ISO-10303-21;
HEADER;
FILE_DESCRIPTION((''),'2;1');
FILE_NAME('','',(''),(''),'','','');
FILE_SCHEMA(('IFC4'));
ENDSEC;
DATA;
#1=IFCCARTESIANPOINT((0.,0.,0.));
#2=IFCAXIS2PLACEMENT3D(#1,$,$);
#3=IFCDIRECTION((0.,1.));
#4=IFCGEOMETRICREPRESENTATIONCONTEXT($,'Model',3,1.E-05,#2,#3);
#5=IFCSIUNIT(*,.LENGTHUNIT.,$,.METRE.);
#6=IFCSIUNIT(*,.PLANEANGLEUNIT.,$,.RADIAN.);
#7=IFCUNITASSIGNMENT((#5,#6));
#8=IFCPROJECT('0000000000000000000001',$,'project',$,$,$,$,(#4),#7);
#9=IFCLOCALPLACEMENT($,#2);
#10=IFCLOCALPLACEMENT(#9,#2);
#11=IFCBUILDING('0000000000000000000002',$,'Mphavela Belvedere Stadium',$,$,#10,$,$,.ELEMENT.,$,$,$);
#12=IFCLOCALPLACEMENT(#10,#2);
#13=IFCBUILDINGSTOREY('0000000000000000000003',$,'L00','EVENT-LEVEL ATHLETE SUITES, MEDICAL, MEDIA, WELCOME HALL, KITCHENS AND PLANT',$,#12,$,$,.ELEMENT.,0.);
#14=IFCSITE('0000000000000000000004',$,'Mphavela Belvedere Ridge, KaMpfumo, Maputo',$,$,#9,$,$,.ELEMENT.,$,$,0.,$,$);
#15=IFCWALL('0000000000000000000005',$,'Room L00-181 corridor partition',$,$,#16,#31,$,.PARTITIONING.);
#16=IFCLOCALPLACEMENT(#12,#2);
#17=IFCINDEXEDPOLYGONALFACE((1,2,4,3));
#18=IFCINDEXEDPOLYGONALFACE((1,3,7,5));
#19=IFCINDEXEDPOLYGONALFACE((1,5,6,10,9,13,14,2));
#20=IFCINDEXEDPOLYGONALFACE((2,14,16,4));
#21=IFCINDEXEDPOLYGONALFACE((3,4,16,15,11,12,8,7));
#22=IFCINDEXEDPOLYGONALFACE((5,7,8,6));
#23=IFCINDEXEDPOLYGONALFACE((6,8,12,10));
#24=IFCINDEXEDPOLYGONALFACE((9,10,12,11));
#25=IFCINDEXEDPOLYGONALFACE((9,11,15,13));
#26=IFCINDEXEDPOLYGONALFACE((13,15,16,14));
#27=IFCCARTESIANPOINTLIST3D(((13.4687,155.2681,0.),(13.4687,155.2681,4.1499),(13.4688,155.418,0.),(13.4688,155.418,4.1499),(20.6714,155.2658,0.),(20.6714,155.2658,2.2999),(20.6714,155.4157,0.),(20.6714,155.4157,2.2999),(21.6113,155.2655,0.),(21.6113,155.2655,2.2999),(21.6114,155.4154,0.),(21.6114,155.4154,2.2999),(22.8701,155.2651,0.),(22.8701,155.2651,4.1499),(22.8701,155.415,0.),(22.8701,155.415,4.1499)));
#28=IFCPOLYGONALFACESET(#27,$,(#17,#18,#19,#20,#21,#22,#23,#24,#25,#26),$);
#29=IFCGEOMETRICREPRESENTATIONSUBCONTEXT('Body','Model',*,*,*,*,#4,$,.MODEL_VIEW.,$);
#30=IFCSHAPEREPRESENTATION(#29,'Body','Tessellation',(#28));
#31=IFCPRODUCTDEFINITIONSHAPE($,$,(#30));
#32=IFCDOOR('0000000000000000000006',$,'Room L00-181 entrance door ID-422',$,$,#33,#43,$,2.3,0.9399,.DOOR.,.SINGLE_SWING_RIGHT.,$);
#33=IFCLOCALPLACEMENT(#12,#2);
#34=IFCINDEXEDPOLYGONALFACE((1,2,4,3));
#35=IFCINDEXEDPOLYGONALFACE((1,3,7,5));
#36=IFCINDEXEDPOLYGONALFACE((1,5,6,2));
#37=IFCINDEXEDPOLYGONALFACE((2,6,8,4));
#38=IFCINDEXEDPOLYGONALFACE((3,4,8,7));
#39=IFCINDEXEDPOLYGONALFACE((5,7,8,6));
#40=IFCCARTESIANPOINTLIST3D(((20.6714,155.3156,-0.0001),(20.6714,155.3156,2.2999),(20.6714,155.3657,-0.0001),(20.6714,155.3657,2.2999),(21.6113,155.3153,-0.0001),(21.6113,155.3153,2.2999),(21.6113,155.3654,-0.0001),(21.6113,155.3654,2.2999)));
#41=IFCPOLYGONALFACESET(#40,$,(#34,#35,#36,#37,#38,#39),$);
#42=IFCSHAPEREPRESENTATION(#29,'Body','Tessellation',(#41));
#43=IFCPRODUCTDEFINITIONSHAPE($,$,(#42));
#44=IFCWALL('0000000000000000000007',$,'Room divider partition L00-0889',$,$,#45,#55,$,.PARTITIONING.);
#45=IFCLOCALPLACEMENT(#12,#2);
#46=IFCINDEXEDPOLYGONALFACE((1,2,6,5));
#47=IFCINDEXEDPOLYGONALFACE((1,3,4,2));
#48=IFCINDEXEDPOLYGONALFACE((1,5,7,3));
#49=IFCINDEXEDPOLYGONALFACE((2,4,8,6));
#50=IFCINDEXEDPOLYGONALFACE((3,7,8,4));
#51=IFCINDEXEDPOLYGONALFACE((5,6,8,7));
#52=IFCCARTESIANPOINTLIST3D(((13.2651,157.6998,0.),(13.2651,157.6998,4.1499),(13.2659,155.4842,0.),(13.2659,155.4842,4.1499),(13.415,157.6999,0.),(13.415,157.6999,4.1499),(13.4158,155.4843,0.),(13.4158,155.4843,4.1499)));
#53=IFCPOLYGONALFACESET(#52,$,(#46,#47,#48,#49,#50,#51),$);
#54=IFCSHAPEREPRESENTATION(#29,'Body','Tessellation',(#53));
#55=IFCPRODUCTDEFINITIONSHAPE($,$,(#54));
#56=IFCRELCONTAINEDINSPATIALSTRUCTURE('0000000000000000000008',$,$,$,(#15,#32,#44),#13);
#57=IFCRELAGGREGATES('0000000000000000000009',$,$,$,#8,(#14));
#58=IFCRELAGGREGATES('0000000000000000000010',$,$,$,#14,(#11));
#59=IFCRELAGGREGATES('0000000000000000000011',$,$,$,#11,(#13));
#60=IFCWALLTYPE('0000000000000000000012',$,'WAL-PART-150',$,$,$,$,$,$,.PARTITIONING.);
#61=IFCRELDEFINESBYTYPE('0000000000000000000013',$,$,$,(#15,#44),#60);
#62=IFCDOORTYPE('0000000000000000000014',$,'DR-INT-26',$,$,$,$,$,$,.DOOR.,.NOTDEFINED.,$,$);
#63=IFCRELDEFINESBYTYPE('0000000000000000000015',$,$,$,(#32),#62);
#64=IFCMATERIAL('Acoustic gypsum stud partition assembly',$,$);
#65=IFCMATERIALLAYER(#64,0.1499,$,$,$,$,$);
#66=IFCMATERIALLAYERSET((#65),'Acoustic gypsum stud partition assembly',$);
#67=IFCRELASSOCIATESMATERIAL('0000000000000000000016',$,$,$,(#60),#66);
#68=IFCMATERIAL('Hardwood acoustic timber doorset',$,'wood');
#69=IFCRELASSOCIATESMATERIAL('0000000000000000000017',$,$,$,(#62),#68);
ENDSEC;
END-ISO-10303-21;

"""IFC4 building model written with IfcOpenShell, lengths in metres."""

from ifc_helpers import new_model, si_unit, direction, frame, frame_2d, origin, place, context, subcontext, project, spatial, rectangle, extrude, material, layer, layer_set, type_object, element, fill, save


model = new_model("IFC4")

# Units and contexts
model_context = context("Model", 3, precision=1e-05, world=origin(), true_north=direction((0.0, 1.0)))
body_context = subcontext(model_context, "Body", "Model", "MODEL_VIEW")
ifc_project = project(units=[si_unit("LENGTHUNIT", "METRE"), si_unit("PLANEANGLEUNIT", "RADIAN")], contexts=[model_context])

# Site, building, storey
site_placement = place(None, origin())
site = spatial("IfcSite", under=ifc_project, at=site_placement, Name="Mphavela Belvedere Ridge, KaMpfumo, Maputo", CompositionType="ELEMENT", RefElevation=0.0)
building_placement = place(site_placement, origin())
building = spatial("IfcBuilding", under=site, at=building_placement, Name="Mphavela Belvedere Stadium", CompositionType="ELEMENT")
storey_placement = place(building_placement, origin())
storey = spatial("IfcBuildingStorey", under=building, at=storey_placement, Name="L00", Description="EVENT-LEVEL ATHLETE SUITES, MEDICAL, MEDIA, WELCOME HALL, KITCHENS AND PLANT", CompositionType="ELEMENT", Elevation=0.0)

# Wall, opening, door
ifc_material_1 = material(Name="Acoustic gypsum stud partition assembly")
ifc_layer = layer(ifc_material_1, 0.1499)
ifc_layer_set = layer_set([ifc_layer], Name="Acoustic gypsum stud partition assembly")
wall_type = type_object("IfcWallType", Name="WAL-PART-150", PredefinedType="PARTITIONING", material=ifc_layer_set)
wall_1_placement = place(storey_placement, frame((13.4688, 155.343, 0.0), z_axis=(0.0, 0.0, 1.0), x_axis=(1.0, -0.000312, 0.0)))
wall_1 = element("IfcWall", 1, at=wall_1_placement, inside=storey, type_object=wall_type, Name="Room L00-181 corridor partition", PredefinedType="PARTITIONING", context=body_context, shape_type="SweptSolid", body=[
    extrude(rectangle(XDim=9.4014, YDim=0.1499, at=frame_2d((4.7007, 0.0))), origin(), (0.0, 0.0, 1.0), 4.1499),
])
opening_placement = place(wall_1_placement, frame((7.2026, 0.0, 0.0)))
opening = element("IfcOpeningElement", 2, at=opening_placement, cuts=wall_1, PredefinedType="OPENING", context=body_context, shape_type="SweptSolid", body=[
    extrude(rectangle(XDim=0.9399, YDim=2.3, at=frame_2d((0.47, 1.1499))), frame((0.0, 0.085, 0.0), z_axis=(0.0, -1.0, 0.0), x_axis=(1.0, 0.0, 0.0)), (0.0, 0.0, 1.0), 0.1699),
])
ifc_material_2 = material(Name="Hardwood acoustic timber doorset", Category="wood")
door_type = type_object("IfcDoorType", Name="DR-INT-26", OperationType="NOTDEFINED", PredefinedType="DOOR", material=ifc_material_2)
door_placement = place(opening_placement, origin())
door = element("IfcDoor", 3, at=door_placement, inside=storey, type_object=door_type, Name="Room L00-181 entrance door ID-422", OperationType="SINGLE_SWING_RIGHT", OverallHeight=2.3, OverallWidth=0.9399, PredefinedType="DOOR", context=body_context, shape_type="SweptSolid", body=[
    extrude(rectangle(XDim=0.9399, YDim=2.3, at=frame_2d((0.47, 1.1499))), frame((0.0, 0.0249, 0.0), z_axis=(0.0, -1.0, 0.0), x_axis=(1.0, 0.0, 0.0)), (0.0, 0.0, 1.0), 0.05),
])
fill(opening, door)

# Wall
wall_2_placement = place(storey_placement, frame((13.3401, 157.7, 0.0), z_axis=(0.0, 0.0, 1.0), x_axis=(0.000331, -1.0, 0.0)))
element("IfcWall", 4, at=wall_2_placement, inside=storey, type_object=wall_type, Name="Room divider partition L00-0889", PredefinedType="PARTITIONING", context=body_context, shape_type="SweptSolid", body=[
    extrude(rectangle(XDim=2.2156, YDim=0.1499, at=frame_2d((1.1079, 0.0))), origin(), (0.0, 0.0, 1.0), 4.1499),
])

save(model, "model.ifc")
